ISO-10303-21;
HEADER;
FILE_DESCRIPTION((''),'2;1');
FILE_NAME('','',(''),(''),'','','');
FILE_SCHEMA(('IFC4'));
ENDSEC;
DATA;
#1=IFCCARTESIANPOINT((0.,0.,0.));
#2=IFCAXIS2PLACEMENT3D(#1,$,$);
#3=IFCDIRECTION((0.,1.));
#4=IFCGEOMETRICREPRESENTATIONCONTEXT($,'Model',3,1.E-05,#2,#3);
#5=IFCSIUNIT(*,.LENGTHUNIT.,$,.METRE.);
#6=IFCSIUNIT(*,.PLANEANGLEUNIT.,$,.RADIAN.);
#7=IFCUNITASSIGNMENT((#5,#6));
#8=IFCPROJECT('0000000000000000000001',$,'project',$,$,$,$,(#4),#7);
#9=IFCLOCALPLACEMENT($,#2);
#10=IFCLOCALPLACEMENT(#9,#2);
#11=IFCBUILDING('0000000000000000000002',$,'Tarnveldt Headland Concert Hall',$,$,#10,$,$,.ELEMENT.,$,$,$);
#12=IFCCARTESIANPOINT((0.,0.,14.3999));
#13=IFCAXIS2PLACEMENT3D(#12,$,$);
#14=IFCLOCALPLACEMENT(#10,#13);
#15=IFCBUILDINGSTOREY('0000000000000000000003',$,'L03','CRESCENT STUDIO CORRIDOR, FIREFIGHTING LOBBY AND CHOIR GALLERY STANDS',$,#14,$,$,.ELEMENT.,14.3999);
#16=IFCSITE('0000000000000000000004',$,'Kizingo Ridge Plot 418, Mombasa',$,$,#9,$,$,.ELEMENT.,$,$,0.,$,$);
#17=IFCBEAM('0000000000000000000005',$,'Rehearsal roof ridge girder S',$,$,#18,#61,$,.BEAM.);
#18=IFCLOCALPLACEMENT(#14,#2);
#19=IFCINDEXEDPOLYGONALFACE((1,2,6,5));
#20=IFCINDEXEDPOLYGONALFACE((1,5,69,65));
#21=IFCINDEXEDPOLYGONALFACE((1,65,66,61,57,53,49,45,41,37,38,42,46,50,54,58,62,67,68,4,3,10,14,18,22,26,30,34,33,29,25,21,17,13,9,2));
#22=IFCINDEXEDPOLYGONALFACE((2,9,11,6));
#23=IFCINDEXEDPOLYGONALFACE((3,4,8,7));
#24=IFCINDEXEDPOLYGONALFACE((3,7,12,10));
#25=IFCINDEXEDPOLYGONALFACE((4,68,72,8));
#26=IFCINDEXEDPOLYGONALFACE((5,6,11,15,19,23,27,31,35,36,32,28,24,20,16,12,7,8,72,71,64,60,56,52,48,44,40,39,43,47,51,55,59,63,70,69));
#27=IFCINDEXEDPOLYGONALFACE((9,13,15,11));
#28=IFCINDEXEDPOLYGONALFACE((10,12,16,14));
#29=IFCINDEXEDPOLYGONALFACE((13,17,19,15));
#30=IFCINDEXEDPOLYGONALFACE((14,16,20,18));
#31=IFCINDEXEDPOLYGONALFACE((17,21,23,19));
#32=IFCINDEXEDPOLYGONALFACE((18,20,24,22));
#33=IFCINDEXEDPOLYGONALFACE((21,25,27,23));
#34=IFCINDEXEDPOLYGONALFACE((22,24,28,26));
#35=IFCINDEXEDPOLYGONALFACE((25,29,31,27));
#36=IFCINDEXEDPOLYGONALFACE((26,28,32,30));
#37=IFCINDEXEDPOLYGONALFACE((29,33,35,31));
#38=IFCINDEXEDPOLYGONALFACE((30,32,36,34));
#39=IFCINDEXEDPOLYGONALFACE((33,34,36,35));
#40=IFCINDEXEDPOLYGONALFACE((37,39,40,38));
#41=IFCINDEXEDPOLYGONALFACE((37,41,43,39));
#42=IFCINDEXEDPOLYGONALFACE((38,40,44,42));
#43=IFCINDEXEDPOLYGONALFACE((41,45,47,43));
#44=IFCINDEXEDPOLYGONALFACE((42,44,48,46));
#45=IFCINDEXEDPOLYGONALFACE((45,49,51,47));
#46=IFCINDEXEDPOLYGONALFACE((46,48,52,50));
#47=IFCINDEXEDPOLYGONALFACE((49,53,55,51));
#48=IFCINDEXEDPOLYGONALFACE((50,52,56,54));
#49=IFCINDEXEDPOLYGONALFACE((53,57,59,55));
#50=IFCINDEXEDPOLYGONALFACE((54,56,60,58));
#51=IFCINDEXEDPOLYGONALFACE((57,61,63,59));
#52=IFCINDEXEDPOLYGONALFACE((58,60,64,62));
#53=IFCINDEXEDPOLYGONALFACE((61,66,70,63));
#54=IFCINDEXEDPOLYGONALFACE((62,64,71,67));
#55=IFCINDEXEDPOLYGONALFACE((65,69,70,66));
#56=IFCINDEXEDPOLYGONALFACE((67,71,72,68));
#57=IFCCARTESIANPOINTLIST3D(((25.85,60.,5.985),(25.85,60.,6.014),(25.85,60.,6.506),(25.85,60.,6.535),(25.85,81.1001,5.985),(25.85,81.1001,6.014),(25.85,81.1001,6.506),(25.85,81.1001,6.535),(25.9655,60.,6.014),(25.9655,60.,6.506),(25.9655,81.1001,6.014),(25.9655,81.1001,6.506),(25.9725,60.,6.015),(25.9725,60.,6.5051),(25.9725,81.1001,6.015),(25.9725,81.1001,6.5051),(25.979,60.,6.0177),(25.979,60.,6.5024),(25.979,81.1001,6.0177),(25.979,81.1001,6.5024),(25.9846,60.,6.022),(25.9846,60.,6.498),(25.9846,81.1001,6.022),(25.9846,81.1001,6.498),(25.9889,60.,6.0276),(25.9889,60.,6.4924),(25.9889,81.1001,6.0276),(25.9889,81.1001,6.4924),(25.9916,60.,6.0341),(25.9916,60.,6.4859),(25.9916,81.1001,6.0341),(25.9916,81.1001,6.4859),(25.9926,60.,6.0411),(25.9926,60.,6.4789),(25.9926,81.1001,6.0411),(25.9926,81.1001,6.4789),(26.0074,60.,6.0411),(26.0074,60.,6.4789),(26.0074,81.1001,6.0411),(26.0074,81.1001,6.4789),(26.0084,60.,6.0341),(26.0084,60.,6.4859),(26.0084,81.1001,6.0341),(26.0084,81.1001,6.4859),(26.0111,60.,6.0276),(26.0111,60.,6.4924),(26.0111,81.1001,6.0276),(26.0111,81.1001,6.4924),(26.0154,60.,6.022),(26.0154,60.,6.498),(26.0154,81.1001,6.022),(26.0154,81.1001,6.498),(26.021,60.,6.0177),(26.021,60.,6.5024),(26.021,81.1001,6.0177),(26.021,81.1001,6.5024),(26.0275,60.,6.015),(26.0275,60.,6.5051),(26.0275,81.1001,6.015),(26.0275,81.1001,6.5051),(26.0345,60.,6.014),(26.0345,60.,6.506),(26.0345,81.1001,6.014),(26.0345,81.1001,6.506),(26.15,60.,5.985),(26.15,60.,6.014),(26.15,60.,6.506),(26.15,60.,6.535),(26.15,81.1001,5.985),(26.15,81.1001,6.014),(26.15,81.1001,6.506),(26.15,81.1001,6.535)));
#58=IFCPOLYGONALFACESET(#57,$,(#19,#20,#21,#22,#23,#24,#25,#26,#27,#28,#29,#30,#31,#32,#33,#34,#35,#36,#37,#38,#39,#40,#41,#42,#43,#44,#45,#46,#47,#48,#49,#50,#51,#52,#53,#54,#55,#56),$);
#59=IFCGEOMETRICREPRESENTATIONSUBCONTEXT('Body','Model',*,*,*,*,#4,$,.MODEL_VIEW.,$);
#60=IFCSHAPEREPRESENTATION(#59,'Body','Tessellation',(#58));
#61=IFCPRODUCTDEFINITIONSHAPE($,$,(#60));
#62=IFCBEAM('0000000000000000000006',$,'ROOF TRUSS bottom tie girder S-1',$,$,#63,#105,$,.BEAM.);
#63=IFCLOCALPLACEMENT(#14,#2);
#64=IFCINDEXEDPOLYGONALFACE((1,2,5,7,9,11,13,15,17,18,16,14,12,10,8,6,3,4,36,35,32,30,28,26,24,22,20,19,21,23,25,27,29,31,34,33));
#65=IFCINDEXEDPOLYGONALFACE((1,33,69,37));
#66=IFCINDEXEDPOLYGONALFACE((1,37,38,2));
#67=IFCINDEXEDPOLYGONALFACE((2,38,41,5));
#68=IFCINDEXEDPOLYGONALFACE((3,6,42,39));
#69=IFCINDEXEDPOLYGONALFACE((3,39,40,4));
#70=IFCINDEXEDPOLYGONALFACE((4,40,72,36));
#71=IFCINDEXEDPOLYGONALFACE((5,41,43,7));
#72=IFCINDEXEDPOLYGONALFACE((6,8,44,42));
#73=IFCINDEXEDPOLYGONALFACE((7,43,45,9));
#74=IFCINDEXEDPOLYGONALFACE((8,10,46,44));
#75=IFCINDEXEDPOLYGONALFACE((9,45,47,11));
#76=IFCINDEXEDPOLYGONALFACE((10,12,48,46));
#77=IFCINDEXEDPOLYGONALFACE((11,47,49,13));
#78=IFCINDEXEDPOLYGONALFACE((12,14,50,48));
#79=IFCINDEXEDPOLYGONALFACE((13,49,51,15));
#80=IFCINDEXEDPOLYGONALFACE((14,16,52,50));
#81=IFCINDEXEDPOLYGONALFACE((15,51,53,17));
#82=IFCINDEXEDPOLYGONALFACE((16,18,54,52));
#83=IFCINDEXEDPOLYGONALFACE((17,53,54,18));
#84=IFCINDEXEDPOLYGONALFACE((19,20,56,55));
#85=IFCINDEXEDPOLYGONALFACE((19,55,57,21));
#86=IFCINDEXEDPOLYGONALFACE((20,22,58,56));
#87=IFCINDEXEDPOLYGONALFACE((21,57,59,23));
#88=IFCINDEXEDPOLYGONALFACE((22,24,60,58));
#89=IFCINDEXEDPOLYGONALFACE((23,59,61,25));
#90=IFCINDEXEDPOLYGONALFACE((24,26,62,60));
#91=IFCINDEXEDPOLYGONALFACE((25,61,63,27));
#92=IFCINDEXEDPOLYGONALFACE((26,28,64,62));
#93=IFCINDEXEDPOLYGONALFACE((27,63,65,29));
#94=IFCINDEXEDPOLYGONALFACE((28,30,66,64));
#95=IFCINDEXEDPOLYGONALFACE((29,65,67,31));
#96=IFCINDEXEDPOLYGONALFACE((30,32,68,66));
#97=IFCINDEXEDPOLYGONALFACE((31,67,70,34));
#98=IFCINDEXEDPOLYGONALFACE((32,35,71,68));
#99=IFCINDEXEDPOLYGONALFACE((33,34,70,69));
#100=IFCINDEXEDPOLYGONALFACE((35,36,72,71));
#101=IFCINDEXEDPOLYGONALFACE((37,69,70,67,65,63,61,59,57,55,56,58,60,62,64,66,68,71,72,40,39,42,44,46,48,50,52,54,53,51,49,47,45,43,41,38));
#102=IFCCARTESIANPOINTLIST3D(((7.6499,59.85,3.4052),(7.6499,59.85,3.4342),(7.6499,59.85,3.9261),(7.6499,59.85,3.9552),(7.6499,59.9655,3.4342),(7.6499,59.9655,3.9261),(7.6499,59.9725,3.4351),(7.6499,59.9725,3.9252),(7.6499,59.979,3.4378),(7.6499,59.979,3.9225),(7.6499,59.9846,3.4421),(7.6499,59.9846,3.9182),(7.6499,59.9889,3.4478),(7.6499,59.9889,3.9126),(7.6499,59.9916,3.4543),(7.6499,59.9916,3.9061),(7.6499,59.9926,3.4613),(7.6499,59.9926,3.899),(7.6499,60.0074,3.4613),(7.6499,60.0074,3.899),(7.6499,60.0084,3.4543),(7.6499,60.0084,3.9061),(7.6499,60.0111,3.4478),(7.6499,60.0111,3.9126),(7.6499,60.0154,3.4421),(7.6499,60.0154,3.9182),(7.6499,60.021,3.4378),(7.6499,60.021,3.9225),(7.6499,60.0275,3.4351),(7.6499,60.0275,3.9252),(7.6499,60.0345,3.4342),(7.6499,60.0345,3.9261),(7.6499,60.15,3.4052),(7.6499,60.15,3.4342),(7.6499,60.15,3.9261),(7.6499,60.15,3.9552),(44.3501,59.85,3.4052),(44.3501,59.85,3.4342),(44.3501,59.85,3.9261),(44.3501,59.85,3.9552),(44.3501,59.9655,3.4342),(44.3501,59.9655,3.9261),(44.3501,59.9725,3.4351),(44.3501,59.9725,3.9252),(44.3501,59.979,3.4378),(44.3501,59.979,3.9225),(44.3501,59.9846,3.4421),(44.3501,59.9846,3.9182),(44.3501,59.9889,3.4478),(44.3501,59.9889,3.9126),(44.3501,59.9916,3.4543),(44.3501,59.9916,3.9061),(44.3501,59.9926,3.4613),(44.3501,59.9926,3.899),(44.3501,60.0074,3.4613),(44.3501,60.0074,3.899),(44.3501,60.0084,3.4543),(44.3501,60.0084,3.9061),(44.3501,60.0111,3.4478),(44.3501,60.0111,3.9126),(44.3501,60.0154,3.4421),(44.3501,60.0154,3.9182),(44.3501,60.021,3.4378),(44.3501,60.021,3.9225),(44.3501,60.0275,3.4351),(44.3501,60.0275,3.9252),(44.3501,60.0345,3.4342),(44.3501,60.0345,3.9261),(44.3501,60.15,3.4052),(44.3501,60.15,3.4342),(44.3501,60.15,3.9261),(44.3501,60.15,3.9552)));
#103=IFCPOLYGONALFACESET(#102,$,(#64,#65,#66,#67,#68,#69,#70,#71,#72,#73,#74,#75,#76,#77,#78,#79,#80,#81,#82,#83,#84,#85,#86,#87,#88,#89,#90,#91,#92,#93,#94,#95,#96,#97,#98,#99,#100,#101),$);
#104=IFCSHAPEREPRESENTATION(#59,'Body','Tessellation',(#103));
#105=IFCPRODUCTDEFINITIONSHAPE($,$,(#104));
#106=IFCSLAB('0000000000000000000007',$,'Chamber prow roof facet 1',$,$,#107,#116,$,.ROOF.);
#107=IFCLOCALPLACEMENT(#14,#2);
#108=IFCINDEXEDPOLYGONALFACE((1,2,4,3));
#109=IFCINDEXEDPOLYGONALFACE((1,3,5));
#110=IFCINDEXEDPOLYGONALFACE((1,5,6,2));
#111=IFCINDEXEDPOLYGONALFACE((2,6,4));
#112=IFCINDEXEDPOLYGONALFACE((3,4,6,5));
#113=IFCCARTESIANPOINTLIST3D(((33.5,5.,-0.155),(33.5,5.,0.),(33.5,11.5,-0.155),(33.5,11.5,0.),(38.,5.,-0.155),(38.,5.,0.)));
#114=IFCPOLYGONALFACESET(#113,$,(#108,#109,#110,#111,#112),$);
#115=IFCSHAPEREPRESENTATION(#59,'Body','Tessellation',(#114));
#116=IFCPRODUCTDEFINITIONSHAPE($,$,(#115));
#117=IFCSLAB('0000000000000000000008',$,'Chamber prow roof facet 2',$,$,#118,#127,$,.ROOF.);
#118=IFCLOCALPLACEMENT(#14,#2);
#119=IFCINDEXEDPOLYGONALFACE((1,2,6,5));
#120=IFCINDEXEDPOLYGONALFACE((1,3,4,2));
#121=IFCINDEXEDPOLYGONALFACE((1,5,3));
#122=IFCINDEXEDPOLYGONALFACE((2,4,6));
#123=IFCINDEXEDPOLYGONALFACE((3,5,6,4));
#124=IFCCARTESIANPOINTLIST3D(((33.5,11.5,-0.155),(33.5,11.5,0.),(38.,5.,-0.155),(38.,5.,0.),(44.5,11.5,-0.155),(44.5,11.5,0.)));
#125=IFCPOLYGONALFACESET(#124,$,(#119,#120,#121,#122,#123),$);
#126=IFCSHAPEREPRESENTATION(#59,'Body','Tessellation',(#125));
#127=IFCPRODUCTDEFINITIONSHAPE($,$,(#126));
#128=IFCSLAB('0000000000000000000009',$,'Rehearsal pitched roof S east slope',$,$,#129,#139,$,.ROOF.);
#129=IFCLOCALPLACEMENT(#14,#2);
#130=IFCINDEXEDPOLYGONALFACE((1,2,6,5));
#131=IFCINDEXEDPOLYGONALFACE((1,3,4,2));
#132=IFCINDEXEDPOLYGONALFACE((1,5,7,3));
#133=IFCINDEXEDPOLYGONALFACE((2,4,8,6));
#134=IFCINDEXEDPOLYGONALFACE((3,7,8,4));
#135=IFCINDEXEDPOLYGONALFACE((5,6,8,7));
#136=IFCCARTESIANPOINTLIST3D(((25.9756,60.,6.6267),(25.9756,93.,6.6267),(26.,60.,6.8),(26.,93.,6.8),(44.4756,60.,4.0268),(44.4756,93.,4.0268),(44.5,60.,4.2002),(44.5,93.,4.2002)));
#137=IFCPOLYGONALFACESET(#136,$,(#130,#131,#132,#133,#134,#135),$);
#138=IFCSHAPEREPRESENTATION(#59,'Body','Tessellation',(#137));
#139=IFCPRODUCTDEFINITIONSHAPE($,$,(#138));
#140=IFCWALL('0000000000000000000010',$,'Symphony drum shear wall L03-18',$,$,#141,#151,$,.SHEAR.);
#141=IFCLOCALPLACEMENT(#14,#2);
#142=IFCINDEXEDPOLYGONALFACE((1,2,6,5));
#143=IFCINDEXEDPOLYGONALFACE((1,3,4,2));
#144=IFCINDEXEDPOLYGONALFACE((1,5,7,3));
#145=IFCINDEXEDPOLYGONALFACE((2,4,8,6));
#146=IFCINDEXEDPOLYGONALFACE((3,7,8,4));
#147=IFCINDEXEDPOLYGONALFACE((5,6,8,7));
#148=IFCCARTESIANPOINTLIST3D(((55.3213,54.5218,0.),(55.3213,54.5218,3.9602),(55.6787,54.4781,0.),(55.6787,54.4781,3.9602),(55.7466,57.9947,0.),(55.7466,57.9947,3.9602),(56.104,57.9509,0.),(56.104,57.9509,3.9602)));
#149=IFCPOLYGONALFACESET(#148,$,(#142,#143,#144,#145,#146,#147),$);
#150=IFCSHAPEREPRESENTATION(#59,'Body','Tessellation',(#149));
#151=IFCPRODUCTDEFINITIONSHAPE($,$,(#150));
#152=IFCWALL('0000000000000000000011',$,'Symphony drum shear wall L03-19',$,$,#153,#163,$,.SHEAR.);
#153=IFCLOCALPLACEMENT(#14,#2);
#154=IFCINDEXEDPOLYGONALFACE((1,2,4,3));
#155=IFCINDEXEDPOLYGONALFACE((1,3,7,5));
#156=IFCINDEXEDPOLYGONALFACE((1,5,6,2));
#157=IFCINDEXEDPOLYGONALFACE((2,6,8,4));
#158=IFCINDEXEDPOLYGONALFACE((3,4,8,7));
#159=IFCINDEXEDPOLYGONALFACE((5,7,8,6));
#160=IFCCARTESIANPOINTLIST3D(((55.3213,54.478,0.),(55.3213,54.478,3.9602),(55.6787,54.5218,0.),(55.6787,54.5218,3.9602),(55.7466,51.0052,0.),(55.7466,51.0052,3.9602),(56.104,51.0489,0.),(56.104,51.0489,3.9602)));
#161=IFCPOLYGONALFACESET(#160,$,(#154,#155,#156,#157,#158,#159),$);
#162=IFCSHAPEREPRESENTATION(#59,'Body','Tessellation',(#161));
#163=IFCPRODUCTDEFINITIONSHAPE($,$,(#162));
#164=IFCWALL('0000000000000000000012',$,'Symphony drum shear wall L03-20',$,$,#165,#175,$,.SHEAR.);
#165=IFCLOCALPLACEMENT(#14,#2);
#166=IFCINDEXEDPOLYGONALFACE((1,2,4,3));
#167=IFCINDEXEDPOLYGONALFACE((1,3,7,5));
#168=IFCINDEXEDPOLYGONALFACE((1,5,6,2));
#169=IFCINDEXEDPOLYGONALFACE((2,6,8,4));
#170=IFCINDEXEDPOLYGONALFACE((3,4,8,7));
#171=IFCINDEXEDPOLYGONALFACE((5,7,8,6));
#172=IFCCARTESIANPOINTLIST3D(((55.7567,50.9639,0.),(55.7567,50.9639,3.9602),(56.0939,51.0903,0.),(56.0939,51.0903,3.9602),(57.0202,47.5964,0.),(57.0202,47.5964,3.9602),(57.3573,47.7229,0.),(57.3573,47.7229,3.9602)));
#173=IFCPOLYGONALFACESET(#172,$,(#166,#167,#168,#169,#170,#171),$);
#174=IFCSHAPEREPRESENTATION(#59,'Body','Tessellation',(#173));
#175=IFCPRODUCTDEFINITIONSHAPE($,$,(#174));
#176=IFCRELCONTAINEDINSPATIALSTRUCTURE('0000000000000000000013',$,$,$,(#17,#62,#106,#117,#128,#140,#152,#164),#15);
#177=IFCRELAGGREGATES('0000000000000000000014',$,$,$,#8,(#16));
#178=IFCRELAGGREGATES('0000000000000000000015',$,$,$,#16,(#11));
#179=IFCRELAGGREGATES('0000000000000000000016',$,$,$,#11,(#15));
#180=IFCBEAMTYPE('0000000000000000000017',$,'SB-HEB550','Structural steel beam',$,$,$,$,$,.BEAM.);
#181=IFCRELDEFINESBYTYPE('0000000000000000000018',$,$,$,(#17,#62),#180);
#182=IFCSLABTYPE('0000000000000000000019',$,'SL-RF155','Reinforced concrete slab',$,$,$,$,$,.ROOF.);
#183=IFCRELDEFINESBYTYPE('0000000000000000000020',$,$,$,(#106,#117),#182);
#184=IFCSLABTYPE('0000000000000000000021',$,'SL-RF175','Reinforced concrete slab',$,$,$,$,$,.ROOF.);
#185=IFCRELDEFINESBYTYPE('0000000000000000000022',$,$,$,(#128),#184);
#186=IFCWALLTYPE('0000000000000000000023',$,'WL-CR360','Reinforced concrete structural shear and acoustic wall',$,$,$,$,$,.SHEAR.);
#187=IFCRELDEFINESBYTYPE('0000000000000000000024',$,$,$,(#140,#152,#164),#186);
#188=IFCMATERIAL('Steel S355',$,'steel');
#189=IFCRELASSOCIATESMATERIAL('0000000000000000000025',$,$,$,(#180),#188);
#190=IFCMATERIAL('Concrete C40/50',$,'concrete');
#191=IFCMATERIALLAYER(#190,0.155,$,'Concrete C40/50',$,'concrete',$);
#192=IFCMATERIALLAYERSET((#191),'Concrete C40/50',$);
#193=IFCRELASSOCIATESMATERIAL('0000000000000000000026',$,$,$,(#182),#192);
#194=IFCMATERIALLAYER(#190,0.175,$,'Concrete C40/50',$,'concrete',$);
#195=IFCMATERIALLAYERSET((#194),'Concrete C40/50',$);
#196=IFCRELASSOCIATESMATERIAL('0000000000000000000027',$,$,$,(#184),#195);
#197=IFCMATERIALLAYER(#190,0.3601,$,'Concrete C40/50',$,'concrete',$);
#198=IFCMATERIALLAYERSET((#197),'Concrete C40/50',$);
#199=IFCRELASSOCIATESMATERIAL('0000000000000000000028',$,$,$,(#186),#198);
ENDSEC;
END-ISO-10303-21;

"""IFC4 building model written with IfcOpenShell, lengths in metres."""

from ifc_helpers import new_model, si_unit, direction, frame, frame_2d, origin, origin_2d, place, context, subcontext, project, spatial, polyline, rectangle, i_section, outline, extrude, material, layer, layer_set, material_profile, profile_set, type_object, element, save


model = new_model("IFC4")

# Units and contexts
model_context = context("Model", 3, precision=1e-05, world=origin(), true_north=direction((0.0, 1.0)))
body_context = subcontext(model_context, "Body", "Model", "MODEL_VIEW")
ifc_project = project(units=[si_unit("LENGTHUNIT", "METRE"), si_unit("PLANEANGLEUNIT", "RADIAN")], contexts=[model_context])

# Site, building, storey
site_placement = place(None, origin())
site = spatial("IfcSite", under=ifc_project, at=site_placement, Name="Kizingo Ridge Plot 418, Mombasa", CompositionType="ELEMENT", RefElevation=0.0)
building_placement = place(site_placement, origin())
building = spatial("IfcBuilding", under=site, at=building_placement, Name="Tarnveldt Headland Concert Hall", CompositionType="ELEMENT")
storey_placement = place(building_placement, frame((0.0, 0.0, 14.3999)))
storey = spatial("IfcBuildingStorey", under=building, at=storey_placement, Name="L03", Description="CRESCENT STUDIO CORRIDOR, FIREFIGHTING LOBBY AND CHOIR GALLERY STANDS", CompositionType="ELEMENT", Elevation=14.3999)

# Shared definitions
ifc_material_1 = material(Name="Concrete C40/50", Category="concrete")
ifc_material_2 = material(Name="Steel S355", Category="steel")

# Beams
ifc_material_profile_1 = material_profile(ifc_material_2, i_section(OverallWidth=0.3, OverallDepth=0.55, WebThickness=0.0149, FlangeThickness=0.0291, FilletRadius=0.0271, at=origin_2d()), Name="HEB550", Category="steel")
ifc_profile_set_1 = profile_set([ifc_material_profile_1], Name="Steel S355")
beam_type = type_object("IfcBeamType", Name="SB-HEB550", Description="Structural steel beam", PredefinedType="BEAM", material=ifc_profile_set_1)
beam_1_placement = place(storey_placement, frame((26.0, 60.0, 6.26), z_axis=(0.0, 1.0, 0.0), x_axis=(-1.0, 0.0, 0.0)))
element("IfcBeam", 1, at=beam_1_placement, inside=storey, type_object=beam_type, Name="Rehearsal roof ridge girder S", PredefinedType="BEAM", context=body_context, shape_type="SweptSolid", body=[
    extrude(i_section(OverallWidth=0.3, OverallDepth=0.55, WebThickness=0.0149, FlangeThickness=0.0291, FilletRadius=0.0271, at=origin_2d()), origin(), (0.0, 0.0, 1.0), 21.1001),
])
beam_2_placement = place(storey_placement, frame((7.6499, 60.0, 3.6802), z_axis=(1.0, 0.0, 0.0), x_axis=(0.0, 1.0, 0.0)))
element("IfcBeam", 2, at=beam_2_placement, inside=storey, type_object=beam_type, Name="ROOF TRUSS bottom tie girder S-1", PredefinedType="BEAM", context=body_context, shape_type="SweptSolid", body=[
    extrude(i_section(OverallWidth=0.3, OverallDepth=0.55, WebThickness=0.0149, FlangeThickness=0.0291, FilletRadius=0.0271, at=origin_2d()), origin(), (0.0, 0.0, 1.0), 36.7002),
])

# Slabs
ifc_layer_1 = layer(ifc_material_1, 0.155, Name="Concrete C40/50", Category="concrete")
ifc_layer_set_1 = layer_set([ifc_layer_1], Name="Concrete C40/50")
slab_type_1 = type_object("IfcSlabType", Name="SL-RF155", Description="Reinforced concrete slab", PredefinedType="ROOF", material=ifc_layer_set_1)
slab_1_placement = place(storey_placement, frame((33.5, 5.0, 0.0), z_axis=(0.0, 0.0, 1.0), x_axis=(1.0, 0.0, 0.0)))
element("IfcSlab", 3, at=slab_1_placement, inside=storey, type_object=slab_type_1, Name="Chamber prow roof facet 1", PredefinedType="ROOF", context=body_context, shape_type="SweptSolid", body=[
    extrude(outline(polyline([(0.0, 0.0), (4.5, 0.0), (0.0, 6.5), (0.0, 0.0)])), origin(), (0.0, 0.0, -1.0), 0.155),
])
slab_2_placement = place(storey_placement, frame((38.0, 5.0, 0.0), z_axis=(0.0, 0.0, 1.0), x_axis=(0.707107, 0.707107, 0.0)))
element("IfcSlab", 4, at=slab_2_placement, inside=storey, type_object=slab_type_1, Name="Chamber prow roof facet 2", PredefinedType="ROOF", context=body_context, shape_type="SweptSolid", body=[
    extrude(outline(polyline([(0.0, 0.0), (9.1924, 0.0), (1.4142, 7.7782), (0.0, 0.0)])), origin(), (0.0, 0.0, -1.0), 0.155),
])
ifc_layer_2 = layer(ifc_material_1, 0.175, Name="Concrete C40/50", Category="concrete")
ifc_layer_set_2 = layer_set([ifc_layer_2], Name="Concrete C40/50")
slab_type_2 = type_object("IfcSlabType", Name="SL-RF175", Description="Reinforced concrete slab", PredefinedType="ROOF", material=ifc_layer_set_2)
slab_3_placement = place(storey_placement, frame((26.0, 60.0, 6.8), z_axis=(0.139165, 0.0, 0.990269), x_axis=(0.990269, 0.0, -0.139165)))
element("IfcSlab", 5, at=slab_3_placement, inside=storey, type_object=slab_type_2, Name="Rehearsal pitched roof S east slope", PredefinedType="ROOF", context=body_context, shape_type="SweptSolid", body=[
    extrude(outline(polyline([(0.0, 0.0), (18.6818, 0.0), (18.6818, 33.0), (0.0, 33.0), (0.0, 0.0)])), origin(), (0.0, 0.0, -1.0), 0.175),
])

# Walls
ifc_layer_3 = layer(ifc_material_1, 0.3601, Name="Concrete C40/50", Category="concrete")
ifc_layer_set_3 = layer_set([ifc_layer_3], Name="Concrete C40/50")
wall_type_1 = type_object("IfcWallType", Name="WL-CR360", Description="Reinforced concrete structural shear and acoustic wall", PredefinedType="SHEAR", material=ifc_layer_set_3)
for number, where, z_axis, x_axis, name in (
    (6, (55.9253, 57.9729, 0.0), (0.0, 0.0, 1.0), (-0.121552, -0.992585, 0.0), "Symphony drum shear wall L03-18"),
    (7, (55.5, 54.5, 0.0), (0.0, 0.0, 1.0), (0.121552, -0.992585, 0.0), "Symphony drum shear wall L03-19"),
):
    element("IfcWall", number, at=place(storey_placement, frame(where, z_axis=z_axis, x_axis=x_axis)), inside=storey, type_object=wall_type_1, Name=name, PredefinedType="SHEAR", context=body_context, shape_type="SweptSolid", body=[
        extrude(rectangle(XDim=3.4988, YDim=0.3601, at=frame_2d((1.7495, 0.0))), origin(), (0.0, 0.0, 1.0), 3.9602),
    ])
wall_1_placement = place(storey_placement, frame((55.9253, 51.0271, 0.0), z_axis=(0.0, 0.0, 1.0), x_axis=(0.35128, -0.936271, 0.0)))
element("IfcWall", 8, at=wall_1_placement, inside=storey, type_object=wall_type_1, Name="Symphony drum shear wall L03-20", PredefinedType="SHEAR", context=body_context, shape_type="SweptSolid", body=[
    extrude(rectangle(XDim=3.5967, YDim=0.3601, at=frame_2d((1.7983, 0.0))), origin(), (0.0, 0.0, 1.0), 3.9602),
])

save(model, "model.ifc")
